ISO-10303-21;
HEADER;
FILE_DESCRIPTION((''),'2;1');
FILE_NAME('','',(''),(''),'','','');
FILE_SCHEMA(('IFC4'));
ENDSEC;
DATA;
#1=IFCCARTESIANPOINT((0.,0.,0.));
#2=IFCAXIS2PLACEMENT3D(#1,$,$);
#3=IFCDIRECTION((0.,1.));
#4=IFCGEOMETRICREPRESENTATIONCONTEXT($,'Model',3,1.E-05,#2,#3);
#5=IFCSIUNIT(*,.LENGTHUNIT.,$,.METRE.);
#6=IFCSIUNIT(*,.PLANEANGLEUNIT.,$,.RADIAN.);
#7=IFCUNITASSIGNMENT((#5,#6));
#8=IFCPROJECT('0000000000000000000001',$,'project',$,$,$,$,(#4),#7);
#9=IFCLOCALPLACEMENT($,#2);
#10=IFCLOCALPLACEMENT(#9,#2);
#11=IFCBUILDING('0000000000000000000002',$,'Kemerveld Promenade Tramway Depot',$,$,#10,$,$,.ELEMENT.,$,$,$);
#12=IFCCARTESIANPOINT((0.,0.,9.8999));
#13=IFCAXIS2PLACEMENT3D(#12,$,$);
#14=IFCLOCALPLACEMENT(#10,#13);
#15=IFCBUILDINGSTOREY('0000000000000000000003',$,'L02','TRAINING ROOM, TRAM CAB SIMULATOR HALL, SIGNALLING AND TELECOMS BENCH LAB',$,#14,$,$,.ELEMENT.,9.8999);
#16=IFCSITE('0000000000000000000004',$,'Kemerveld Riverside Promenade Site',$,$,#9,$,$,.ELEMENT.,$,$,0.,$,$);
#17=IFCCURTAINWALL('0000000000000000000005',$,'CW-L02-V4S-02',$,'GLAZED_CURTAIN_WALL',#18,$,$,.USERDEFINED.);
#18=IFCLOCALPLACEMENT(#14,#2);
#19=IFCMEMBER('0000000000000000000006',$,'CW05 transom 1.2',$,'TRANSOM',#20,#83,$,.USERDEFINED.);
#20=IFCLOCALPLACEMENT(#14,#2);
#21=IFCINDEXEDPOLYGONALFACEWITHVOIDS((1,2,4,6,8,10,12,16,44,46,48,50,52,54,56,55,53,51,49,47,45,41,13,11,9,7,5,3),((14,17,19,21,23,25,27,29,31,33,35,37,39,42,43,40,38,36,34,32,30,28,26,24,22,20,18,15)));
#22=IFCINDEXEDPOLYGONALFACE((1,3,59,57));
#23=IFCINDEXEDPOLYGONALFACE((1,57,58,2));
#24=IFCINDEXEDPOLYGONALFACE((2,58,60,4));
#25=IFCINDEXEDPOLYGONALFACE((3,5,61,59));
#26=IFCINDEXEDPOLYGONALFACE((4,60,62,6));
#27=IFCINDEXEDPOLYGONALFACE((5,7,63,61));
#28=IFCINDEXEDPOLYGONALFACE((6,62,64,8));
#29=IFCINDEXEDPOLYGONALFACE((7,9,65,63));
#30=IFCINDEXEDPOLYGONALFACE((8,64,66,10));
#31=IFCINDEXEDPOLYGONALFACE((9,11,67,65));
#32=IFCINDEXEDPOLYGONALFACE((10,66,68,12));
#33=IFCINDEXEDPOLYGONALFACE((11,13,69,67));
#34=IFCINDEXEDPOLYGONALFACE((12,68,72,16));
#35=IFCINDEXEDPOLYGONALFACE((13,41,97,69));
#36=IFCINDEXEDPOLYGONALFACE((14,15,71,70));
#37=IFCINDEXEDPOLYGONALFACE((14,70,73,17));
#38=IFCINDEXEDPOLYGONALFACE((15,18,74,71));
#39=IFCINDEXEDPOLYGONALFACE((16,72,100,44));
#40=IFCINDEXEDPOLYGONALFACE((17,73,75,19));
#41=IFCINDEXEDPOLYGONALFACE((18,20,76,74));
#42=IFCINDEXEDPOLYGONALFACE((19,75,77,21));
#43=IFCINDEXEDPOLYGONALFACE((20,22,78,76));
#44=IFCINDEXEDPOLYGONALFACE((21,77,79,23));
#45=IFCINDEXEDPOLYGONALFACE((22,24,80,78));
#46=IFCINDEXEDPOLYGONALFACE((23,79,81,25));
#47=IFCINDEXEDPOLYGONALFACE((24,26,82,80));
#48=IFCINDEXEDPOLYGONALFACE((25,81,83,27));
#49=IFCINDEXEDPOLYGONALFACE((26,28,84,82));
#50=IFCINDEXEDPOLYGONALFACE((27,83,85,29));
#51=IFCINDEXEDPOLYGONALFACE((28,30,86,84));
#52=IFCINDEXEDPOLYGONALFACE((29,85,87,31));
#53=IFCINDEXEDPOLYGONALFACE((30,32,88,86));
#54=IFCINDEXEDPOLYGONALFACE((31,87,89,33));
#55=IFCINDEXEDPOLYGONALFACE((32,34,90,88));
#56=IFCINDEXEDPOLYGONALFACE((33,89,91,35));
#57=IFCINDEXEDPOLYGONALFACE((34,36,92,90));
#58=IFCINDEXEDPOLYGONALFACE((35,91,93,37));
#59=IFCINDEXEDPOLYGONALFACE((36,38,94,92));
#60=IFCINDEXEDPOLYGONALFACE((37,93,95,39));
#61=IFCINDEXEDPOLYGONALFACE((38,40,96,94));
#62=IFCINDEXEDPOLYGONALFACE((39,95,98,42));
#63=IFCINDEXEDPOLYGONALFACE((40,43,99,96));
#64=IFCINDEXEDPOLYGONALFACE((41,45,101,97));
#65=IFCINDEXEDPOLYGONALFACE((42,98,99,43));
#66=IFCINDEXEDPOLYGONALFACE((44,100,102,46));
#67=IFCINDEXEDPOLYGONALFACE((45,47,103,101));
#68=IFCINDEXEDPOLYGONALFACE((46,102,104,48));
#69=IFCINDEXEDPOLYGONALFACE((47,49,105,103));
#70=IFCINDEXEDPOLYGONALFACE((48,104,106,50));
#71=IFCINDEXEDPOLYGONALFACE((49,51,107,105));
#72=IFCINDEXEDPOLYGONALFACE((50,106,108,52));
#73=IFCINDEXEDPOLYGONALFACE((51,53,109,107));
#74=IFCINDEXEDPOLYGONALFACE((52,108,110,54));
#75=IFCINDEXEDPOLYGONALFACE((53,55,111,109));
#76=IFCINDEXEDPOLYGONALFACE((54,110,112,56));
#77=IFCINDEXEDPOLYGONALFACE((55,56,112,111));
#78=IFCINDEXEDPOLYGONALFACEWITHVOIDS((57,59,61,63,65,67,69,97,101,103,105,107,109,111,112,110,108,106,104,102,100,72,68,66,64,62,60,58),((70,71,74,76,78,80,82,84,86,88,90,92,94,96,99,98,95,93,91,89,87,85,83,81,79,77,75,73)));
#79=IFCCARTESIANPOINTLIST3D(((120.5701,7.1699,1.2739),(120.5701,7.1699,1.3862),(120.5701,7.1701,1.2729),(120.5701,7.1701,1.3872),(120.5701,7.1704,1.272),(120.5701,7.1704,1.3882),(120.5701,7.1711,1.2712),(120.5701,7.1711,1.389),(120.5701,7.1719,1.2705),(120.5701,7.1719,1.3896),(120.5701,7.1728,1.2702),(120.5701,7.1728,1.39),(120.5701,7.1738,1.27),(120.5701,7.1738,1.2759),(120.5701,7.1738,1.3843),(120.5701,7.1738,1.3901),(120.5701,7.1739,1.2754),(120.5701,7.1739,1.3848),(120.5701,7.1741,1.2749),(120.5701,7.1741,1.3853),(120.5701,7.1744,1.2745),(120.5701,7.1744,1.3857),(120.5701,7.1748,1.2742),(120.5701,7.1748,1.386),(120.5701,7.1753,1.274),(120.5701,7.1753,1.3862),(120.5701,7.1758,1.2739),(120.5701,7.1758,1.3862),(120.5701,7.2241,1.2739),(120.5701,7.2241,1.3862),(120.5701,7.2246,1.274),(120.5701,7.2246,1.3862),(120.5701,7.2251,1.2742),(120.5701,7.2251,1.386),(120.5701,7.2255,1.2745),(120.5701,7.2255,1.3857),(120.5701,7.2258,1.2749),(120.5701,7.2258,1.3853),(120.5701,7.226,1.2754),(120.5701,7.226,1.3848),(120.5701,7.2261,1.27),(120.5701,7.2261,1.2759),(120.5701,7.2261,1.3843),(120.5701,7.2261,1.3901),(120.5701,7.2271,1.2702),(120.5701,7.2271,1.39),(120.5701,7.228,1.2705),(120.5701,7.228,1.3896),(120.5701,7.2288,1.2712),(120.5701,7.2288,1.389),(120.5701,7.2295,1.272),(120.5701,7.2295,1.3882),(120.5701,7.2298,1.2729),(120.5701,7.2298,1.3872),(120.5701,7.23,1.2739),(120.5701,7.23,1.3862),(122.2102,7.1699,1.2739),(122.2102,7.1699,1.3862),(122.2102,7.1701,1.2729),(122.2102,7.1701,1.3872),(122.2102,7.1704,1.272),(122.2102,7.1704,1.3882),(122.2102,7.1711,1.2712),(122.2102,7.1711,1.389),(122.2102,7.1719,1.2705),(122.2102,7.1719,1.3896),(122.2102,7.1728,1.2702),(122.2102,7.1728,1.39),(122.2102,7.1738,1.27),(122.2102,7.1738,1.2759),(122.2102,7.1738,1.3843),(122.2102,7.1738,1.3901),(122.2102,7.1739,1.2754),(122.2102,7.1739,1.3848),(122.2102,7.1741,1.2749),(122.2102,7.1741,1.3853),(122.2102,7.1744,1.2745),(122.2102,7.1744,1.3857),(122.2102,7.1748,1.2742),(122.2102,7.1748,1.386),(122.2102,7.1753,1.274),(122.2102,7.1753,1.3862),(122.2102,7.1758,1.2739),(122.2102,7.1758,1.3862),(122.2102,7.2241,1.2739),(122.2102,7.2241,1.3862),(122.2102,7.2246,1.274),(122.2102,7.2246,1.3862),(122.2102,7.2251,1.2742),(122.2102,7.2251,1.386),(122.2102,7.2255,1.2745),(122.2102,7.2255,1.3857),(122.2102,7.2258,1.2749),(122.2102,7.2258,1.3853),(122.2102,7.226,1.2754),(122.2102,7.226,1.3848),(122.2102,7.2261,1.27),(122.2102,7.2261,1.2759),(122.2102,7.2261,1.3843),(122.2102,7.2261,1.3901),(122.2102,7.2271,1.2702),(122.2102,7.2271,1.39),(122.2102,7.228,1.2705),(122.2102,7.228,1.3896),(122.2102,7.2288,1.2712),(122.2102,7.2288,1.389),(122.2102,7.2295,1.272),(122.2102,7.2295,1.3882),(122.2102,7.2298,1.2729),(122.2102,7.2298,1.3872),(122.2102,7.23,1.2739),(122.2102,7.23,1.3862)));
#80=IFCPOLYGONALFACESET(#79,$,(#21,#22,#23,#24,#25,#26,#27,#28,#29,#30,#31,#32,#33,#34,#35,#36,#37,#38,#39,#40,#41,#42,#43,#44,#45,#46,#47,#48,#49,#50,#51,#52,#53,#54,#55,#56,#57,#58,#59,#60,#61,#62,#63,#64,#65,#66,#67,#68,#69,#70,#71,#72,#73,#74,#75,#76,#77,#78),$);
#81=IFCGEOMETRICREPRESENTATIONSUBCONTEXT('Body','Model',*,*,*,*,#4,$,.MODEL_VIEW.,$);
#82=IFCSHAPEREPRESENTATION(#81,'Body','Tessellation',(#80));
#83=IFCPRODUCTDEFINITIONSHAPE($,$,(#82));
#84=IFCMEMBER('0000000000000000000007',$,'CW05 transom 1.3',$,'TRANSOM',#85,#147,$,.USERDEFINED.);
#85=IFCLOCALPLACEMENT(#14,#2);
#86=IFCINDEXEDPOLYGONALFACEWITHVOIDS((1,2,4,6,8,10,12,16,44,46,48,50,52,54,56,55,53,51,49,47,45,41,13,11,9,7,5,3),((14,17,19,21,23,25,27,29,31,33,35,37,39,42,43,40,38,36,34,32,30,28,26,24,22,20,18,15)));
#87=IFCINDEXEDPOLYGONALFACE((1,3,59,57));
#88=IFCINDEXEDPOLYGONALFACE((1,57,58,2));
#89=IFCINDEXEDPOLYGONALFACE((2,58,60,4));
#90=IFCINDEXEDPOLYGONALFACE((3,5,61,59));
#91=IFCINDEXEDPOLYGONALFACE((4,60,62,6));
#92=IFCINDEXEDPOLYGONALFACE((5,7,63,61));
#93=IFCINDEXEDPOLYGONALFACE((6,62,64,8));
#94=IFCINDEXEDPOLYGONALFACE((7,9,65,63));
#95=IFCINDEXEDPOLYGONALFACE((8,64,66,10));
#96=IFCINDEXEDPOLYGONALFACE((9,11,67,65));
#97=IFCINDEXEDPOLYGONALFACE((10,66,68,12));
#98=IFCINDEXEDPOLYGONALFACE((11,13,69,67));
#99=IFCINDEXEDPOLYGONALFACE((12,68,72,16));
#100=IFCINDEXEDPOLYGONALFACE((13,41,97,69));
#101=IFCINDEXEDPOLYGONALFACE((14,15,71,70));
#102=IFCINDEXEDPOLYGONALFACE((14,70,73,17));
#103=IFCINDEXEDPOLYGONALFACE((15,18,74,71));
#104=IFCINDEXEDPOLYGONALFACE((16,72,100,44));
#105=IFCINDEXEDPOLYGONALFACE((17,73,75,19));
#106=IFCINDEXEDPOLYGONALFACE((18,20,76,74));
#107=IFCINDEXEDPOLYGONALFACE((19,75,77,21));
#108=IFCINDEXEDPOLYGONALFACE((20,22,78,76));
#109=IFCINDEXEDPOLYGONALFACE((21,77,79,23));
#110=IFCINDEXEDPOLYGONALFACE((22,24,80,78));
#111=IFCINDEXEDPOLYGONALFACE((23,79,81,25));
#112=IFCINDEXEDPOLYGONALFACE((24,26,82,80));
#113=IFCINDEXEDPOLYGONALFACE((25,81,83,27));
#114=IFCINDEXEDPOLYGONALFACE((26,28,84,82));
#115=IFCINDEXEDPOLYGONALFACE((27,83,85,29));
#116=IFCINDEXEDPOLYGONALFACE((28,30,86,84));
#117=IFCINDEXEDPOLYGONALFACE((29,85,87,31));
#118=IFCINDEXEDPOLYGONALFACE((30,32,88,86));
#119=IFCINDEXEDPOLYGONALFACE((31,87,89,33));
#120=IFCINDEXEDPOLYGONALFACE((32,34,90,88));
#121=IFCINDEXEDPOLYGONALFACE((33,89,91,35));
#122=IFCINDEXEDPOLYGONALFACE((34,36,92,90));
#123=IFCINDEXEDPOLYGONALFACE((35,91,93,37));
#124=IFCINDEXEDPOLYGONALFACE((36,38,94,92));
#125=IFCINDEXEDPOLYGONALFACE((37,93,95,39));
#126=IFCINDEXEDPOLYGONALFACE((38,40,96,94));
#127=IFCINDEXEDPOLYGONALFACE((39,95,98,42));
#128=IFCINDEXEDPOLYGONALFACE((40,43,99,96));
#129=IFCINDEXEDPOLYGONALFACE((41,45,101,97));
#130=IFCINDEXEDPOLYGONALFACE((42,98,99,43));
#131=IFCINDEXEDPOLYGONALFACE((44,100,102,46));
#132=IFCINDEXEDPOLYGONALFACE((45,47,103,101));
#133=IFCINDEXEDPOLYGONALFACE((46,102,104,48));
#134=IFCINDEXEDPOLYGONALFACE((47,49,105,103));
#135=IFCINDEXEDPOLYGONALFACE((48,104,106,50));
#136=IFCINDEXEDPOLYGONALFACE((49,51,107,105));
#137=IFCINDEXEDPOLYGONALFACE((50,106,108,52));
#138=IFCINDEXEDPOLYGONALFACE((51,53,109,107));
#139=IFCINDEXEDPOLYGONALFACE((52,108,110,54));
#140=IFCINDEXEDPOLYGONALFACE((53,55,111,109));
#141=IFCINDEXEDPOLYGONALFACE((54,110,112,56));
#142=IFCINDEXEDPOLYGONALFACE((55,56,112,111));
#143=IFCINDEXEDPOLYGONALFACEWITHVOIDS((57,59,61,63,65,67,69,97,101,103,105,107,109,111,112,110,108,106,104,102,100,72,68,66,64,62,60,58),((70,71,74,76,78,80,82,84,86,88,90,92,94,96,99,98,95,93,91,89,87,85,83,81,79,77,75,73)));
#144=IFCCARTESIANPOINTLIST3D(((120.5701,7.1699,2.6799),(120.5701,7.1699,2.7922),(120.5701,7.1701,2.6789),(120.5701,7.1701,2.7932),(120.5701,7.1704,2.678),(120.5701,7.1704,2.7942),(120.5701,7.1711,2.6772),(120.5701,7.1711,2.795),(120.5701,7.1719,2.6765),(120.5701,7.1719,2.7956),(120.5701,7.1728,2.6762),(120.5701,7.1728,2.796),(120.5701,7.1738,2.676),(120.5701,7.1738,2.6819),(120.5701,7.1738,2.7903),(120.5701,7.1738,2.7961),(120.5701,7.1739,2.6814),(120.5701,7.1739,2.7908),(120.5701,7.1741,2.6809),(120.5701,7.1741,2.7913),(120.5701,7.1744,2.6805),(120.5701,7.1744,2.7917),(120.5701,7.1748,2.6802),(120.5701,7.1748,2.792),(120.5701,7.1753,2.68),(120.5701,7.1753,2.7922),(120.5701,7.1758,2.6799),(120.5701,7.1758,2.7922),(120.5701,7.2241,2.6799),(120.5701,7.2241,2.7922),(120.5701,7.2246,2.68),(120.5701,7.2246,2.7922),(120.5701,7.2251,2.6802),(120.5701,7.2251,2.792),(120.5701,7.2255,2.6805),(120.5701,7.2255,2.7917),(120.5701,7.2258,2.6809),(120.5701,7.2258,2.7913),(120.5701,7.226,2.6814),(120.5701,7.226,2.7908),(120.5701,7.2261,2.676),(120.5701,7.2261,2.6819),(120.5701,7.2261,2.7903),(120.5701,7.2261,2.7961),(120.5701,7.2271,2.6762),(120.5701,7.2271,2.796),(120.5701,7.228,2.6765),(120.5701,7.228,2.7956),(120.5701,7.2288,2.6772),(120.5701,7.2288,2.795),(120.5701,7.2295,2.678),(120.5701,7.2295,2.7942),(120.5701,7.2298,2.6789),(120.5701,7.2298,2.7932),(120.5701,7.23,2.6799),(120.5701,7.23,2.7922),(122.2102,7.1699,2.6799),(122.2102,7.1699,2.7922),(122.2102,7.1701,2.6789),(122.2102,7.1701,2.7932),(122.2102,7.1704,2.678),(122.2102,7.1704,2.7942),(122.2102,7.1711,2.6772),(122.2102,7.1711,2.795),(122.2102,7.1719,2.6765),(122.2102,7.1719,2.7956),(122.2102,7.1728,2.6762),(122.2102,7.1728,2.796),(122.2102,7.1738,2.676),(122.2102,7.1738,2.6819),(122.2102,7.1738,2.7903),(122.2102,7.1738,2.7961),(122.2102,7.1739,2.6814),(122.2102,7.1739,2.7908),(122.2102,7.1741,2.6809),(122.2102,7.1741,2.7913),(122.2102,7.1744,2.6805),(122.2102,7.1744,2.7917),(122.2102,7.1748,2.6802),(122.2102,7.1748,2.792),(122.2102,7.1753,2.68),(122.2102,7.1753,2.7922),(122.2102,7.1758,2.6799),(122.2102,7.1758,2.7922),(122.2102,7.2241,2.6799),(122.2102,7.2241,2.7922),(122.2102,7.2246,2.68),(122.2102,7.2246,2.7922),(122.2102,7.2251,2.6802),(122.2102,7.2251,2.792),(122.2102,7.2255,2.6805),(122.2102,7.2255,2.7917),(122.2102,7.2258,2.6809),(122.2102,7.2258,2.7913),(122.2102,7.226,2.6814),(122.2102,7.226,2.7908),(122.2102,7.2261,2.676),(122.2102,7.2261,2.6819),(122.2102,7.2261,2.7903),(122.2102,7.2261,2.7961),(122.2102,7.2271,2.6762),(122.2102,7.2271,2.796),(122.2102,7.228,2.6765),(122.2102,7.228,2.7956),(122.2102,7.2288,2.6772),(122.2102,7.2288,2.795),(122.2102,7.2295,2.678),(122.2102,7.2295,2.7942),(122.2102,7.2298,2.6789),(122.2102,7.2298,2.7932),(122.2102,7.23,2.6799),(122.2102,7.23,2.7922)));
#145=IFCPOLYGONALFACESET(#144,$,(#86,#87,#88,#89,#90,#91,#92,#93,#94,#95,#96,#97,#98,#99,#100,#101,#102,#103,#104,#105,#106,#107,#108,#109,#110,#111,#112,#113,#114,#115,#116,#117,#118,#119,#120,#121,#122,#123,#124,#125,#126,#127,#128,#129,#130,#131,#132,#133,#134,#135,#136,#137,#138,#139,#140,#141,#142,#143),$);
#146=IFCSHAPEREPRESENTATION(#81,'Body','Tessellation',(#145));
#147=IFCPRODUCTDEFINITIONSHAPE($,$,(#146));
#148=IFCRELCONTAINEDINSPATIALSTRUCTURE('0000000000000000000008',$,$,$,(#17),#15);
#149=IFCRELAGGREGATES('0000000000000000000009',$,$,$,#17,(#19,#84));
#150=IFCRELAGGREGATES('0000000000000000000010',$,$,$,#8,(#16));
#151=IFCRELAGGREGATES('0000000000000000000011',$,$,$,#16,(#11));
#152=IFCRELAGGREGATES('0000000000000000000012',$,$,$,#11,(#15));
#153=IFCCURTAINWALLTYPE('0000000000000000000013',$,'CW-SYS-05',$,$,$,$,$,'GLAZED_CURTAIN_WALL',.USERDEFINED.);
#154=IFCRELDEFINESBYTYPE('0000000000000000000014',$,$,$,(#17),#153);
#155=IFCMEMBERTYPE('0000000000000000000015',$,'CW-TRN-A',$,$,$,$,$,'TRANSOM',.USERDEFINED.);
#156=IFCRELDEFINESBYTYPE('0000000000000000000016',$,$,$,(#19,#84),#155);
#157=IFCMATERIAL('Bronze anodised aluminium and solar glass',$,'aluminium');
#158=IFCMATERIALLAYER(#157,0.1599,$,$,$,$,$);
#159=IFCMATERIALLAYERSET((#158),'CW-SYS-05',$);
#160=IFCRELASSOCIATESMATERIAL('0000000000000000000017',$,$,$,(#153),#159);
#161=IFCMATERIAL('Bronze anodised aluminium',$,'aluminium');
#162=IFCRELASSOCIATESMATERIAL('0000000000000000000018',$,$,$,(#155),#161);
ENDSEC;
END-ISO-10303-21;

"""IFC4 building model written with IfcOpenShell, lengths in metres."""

from ifc_helpers import new_model, si_unit, direction, frame, origin, origin_2d, place, context, subcontext, project, spatial, hollow_rectangle, extrude, material, layer, layer_set, material_profile, profile_set, type_object, element, aggregate, save


model = new_model("IFC4")

# Units and contexts
model_context = context("Model", 3, precision=1e-05, world=origin(), true_north=direction((0.0, 1.0)))
body_context = subcontext(model_context, "Body", "Model", "MODEL_VIEW")
ifc_project = project(units=[si_unit("LENGTHUNIT", "METRE"), si_unit("PLANEANGLEUNIT", "RADIAN")], contexts=[model_context])

# Site, building, storey
site_placement = place(None, origin())
site = spatial("IfcSite", under=ifc_project, at=site_placement, Name="Kemerveld Riverside Promenade Site", CompositionType="ELEMENT", RefElevation=0.0)
building_placement = place(site_placement, origin())
building = spatial("IfcBuilding", under=site, at=building_placement, Name="Kemerveld Promenade Tramway Depot", CompositionType="ELEMENT")
storey_placement = place(building_placement, frame((0.0, 0.0, 9.8999)))
storey = spatial("IfcBuildingStorey", under=building, at=storey_placement, Name="L02", Description="TRAINING ROOM, TRAM CAB SIMULATOR HALL, SIGNALLING AND TELECOMS BENCH LAB", CompositionType="ELEMENT", Elevation=9.8999)

# Curtain wall, members
ifc_material_1 = material(Name="Bronze anodised aluminium and solar glass", Category="aluminium")
ifc_layer_1 = layer(ifc_material_1, 0.1599)
ifc_layer_set_1 = layer_set([ifc_layer_1], Name="CW-SYS-05")
curtain_wall_type = type_object("IfcCurtainWallType", Name="CW-SYS-05", ElementType="GLAZED_CURTAIN_WALL", PredefinedType="USERDEFINED", material=ifc_layer_set_1)
curtain_wall_placement = place(storey_placement, origin())
curtain_wall = element("IfcCurtainWall", 1, at=curtain_wall_placement, inside=storey, type_object=curtain_wall_type, Name="CW-L02-V4S-02", ObjectType="GLAZED_CURTAIN_WALL", PredefinedType="USERDEFINED")
ifc_material_2 = material(Name="Bronze anodised aluminium", Category="aluminium")
ifc_material_profile_1 = material_profile(ifc_material_2, hollow_rectangle(XDim=0.0601, YDim=0.1201, WallThickness=0.0039, InnerFilletRadius=0.002, OuterFilletRadius=0.0039, at=origin_2d()), Name="CW-TRN-120x60")
ifc_profile_set_1 = profile_set([ifc_material_profile_1], Name="Bronze anodised aluminium")
member_type_1 = type_object("IfcMemberType", Name="CW-TRN-A", ElementType="TRANSOM", PredefinedType="USERDEFINED", material=ifc_profile_set_1)
member_1_placement = place(storey_placement, frame((122.2102, 7.2, 1.3301), z_axis=(-1.0, 0.0, 0.0), x_axis=(0.0, -1.0, 0.0)))
member_1 = element("IfcMember", 2, at=member_1_placement, type_object=member_type_1, Name="CW05 transom 1.2", ObjectType="TRANSOM", PredefinedType="USERDEFINED", context=body_context, shape_type="SweptSolid", body=[
    extrude(hollow_rectangle(XDim=0.0601, YDim=0.1201, WallThickness=0.0039, InnerFilletRadius=0.002, OuterFilletRadius=0.0039, at=origin_2d()), origin(), (0.0, 0.0, 1.0), 1.6401),
])
member_2_placement = place(storey_placement, frame((122.2102, 7.2, 2.7361), z_axis=(-1.0, 0.0, 0.0), x_axis=(0.0, -1.0, 0.0)))
member_2 = element("IfcMember", 3, at=member_2_placement, type_object=member_type_1, Name="CW05 transom 1.3", ObjectType="TRANSOM", PredefinedType="USERDEFINED", context=body_context, shape_type="SweptSolid", body=[
    extrude(hollow_rectangle(XDim=0.0601, YDim=0.1201, WallThickness=0.0039, InnerFilletRadius=0.002, OuterFilletRadius=0.0039, at=origin_2d()), origin(), (0.0, 0.0, 1.0), 1.6401),
])
aggregate(curtain_wall, [member_1, member_2])

save(model, "model.ifc")
